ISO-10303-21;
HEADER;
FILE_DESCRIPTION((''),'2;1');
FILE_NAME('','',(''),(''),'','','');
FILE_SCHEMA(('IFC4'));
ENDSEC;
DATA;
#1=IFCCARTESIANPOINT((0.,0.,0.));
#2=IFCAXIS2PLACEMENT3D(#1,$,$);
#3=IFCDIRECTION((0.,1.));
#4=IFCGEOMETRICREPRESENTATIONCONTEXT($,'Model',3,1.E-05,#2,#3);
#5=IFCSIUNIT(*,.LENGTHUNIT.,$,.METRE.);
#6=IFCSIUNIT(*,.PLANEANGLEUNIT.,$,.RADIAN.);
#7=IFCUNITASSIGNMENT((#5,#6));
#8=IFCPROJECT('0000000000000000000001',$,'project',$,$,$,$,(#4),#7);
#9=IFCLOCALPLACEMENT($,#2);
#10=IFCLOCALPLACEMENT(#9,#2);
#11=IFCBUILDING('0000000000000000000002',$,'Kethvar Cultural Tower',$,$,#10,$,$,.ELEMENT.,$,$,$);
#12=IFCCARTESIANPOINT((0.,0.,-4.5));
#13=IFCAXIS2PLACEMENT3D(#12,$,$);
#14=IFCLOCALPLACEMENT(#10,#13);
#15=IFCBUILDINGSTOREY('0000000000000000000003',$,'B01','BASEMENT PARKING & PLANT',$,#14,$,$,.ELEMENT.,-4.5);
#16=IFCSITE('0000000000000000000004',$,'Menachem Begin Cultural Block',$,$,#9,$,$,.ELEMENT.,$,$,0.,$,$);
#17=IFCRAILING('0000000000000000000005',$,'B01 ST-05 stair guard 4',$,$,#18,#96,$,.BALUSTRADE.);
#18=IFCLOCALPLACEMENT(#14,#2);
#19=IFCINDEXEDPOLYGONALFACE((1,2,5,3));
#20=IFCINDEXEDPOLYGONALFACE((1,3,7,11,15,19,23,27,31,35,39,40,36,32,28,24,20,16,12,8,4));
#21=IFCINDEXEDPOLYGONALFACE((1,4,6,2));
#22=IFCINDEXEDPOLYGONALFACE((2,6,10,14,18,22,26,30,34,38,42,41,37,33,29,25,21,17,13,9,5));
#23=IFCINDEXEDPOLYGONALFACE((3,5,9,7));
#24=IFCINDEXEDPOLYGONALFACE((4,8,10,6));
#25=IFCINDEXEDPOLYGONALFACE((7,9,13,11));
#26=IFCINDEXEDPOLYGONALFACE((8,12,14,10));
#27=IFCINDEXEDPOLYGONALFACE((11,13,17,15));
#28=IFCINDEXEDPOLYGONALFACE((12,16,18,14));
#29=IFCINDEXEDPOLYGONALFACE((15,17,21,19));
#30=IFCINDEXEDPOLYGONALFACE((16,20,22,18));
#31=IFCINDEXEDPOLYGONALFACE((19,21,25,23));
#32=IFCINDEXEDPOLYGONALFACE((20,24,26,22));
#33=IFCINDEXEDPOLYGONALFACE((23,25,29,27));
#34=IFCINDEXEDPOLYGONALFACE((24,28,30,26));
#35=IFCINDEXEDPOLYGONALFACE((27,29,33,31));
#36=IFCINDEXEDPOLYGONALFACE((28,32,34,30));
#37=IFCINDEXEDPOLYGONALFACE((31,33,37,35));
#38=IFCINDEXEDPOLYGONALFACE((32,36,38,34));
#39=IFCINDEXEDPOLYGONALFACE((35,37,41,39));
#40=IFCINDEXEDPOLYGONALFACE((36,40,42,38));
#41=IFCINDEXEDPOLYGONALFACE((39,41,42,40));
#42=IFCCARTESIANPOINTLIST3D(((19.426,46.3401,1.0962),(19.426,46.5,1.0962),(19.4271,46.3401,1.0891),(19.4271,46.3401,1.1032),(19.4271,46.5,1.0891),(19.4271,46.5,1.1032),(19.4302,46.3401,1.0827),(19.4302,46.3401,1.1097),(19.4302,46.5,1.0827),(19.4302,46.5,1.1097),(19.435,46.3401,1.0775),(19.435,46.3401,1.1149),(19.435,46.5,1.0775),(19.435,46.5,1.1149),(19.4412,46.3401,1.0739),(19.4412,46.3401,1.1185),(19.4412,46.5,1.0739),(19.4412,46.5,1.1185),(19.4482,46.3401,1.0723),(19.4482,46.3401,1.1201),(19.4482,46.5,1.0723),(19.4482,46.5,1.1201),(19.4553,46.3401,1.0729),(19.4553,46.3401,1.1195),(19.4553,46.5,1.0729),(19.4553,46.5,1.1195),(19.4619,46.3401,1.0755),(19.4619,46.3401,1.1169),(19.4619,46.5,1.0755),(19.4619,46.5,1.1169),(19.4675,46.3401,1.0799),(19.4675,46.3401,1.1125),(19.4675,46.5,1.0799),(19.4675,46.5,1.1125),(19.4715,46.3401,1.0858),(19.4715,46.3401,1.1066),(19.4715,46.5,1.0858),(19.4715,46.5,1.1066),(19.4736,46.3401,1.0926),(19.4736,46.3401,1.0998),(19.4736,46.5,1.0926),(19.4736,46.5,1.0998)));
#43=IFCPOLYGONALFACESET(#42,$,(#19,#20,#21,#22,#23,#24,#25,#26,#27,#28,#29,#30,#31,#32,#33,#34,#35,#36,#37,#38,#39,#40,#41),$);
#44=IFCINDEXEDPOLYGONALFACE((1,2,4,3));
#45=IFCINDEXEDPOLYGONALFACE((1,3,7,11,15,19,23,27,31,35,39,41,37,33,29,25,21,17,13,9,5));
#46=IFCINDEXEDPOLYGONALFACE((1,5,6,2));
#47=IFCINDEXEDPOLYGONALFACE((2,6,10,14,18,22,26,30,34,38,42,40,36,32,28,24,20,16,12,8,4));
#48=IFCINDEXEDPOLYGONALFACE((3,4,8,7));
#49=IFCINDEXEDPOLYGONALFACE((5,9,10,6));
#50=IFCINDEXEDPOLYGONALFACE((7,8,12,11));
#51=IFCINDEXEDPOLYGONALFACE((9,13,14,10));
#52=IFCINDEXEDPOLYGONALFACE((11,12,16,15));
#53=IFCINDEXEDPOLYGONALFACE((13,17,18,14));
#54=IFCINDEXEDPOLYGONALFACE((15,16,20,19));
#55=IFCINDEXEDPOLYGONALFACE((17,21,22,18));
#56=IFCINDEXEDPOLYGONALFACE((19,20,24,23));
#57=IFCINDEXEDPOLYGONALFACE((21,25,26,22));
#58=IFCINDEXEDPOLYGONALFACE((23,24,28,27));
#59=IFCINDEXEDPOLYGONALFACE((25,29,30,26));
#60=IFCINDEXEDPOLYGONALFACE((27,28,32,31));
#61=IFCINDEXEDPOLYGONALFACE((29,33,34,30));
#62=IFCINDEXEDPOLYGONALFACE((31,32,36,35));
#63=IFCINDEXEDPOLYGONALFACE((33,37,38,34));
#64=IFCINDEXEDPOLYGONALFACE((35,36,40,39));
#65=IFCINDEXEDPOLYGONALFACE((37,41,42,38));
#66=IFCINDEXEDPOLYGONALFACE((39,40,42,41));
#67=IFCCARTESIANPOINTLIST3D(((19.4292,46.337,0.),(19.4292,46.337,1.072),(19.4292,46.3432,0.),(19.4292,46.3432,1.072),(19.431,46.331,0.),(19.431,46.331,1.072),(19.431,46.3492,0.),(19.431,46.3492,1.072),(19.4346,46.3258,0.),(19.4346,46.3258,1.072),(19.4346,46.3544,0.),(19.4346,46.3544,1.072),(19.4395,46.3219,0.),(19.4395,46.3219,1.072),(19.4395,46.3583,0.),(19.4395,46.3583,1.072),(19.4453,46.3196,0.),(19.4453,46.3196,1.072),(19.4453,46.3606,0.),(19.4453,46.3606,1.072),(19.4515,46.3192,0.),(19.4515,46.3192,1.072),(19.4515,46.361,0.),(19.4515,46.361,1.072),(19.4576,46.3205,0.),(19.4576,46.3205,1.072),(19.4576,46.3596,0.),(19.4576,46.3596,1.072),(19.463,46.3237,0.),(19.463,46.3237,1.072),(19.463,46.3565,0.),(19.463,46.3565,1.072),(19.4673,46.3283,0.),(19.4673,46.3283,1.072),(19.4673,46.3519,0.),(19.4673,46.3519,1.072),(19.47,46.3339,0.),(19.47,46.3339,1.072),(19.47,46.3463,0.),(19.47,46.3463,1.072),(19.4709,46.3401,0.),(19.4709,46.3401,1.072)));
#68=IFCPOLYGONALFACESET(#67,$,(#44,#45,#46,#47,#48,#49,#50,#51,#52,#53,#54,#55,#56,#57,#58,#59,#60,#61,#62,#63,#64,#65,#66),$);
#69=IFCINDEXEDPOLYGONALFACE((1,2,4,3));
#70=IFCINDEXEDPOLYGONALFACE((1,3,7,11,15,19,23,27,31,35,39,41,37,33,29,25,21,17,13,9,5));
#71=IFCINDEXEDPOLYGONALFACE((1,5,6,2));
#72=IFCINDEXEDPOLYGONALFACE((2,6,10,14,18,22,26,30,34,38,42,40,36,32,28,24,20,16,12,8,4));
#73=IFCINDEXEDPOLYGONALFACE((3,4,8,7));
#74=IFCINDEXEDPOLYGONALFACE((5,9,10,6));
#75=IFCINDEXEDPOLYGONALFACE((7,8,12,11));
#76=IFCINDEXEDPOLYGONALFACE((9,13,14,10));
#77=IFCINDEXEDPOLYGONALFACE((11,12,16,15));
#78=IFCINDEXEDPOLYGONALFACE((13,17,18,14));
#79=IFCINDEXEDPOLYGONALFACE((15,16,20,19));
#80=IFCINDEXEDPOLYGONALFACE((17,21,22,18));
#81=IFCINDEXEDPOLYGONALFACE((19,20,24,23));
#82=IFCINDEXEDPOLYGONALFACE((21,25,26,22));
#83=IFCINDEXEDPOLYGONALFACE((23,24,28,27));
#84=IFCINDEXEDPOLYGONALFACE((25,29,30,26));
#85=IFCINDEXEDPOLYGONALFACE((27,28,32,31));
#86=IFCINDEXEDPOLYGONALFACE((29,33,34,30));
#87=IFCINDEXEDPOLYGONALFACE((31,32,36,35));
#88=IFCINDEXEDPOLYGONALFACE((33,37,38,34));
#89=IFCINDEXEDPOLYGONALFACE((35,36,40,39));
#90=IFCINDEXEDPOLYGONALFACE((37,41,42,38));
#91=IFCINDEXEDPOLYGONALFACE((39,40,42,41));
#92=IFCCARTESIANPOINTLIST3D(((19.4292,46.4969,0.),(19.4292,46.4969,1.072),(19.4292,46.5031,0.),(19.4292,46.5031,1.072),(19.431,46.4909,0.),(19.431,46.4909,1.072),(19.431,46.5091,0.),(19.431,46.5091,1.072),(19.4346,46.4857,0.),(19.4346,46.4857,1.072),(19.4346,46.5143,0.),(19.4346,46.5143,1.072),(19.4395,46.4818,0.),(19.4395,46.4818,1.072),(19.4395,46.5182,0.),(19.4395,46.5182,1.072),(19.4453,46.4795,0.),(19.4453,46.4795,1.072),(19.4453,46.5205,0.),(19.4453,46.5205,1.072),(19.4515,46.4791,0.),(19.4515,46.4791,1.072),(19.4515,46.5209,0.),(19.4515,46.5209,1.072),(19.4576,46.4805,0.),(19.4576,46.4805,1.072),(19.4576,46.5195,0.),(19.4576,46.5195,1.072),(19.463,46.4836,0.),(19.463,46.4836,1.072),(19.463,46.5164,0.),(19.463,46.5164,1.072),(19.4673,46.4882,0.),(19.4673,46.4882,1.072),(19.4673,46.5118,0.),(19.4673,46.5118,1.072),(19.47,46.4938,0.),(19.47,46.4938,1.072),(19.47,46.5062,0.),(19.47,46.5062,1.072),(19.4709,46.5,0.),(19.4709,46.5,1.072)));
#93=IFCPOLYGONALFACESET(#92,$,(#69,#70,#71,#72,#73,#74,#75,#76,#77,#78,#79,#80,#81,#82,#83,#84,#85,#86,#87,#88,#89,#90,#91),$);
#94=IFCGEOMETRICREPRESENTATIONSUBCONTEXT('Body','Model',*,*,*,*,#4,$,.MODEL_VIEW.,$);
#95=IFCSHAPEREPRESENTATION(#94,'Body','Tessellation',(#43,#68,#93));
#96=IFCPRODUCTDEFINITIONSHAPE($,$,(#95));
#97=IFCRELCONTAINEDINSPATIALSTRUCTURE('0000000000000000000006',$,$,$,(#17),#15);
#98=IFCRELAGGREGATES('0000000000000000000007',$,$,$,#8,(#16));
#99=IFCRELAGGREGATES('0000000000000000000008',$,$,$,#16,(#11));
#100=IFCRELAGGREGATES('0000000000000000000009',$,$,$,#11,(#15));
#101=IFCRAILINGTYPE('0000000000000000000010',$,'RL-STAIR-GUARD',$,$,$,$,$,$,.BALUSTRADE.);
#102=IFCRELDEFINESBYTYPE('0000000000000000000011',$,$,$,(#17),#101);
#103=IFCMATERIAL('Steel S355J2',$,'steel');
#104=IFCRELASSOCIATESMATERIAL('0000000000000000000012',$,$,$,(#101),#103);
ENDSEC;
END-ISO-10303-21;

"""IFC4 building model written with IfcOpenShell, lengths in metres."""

from ifc_helpers import new_model, si_unit, direction, frame, origin, origin_2d, place, context, subcontext, project, spatial, circle, extrude, material, type_object, element, save


model = new_model("IFC4")

# Units and contexts
model_context = context("Model", 3, precision=1e-05, world=origin(), true_north=direction((0.0, 1.0)))
body_context = subcontext(model_context, "Body", "Model", "MODEL_VIEW")
ifc_project = project(units=[si_unit("LENGTHUNIT", "METRE"), si_unit("PLANEANGLEUNIT", "RADIAN")], contexts=[model_context])

# Site, building, storey
site_placement = place(None, origin())
site = spatial("IfcSite", under=ifc_project, at=site_placement, Name="Menachem Begin Cultural Block", CompositionType="ELEMENT", RefElevation=0.0)
building_placement = place(site_placement, origin())
building = spatial("IfcBuilding", under=site, at=building_placement, Name="Kethvar Cultural Tower", CompositionType="ELEMENT")
storey_placement = place(building_placement, frame((0.0, 0.0, -4.5)))
storey = spatial("IfcBuildingStorey", under=building, at=storey_placement, Name="B01", Description="BASEMENT PARKING & PLANT", CompositionType="ELEMENT", Elevation=-4.5)

# Shared definitions
ifc_material_1 = material(Name="Steel S355J2", Category="steel")

# Railing
railing_type_1 = type_object("IfcRailingType", Name="RL-STAIR-GUARD", PredefinedType="BALUSTRADE", material=ifc_material_1)
railing_1_placement = place(storey_placement, frame((19.45, 46.3401, 0.0)))
element("IfcRailing", 1, at=railing_1_placement, inside=storey, type_object=railing_type_1, Name="B01 ST-05 stair guard 4", PredefinedType="BALUSTRADE", context=body_context, shape_type="SweptSolid", body=[
    extrude(circle(Radius=0.0239, at=origin_2d()), frame((0.0, 0.0, 1.0962), z_axis=(0.0, 1.0, 0.0), x_axis=(-1.0, 0.0, 0.0)), (0.0, 0.0, 1.0), 0.1599),
    extrude(circle(Radius=0.021, at=origin_2d()), origin(), (0.0, 0.0, 1.0), 1.072),
    extrude(circle(Radius=0.021, at=origin_2d()), frame((0.0, 0.1599, 0.0)), (0.0, 0.0, 1.0), 1.072),
])

save(model, "model.ifc")
